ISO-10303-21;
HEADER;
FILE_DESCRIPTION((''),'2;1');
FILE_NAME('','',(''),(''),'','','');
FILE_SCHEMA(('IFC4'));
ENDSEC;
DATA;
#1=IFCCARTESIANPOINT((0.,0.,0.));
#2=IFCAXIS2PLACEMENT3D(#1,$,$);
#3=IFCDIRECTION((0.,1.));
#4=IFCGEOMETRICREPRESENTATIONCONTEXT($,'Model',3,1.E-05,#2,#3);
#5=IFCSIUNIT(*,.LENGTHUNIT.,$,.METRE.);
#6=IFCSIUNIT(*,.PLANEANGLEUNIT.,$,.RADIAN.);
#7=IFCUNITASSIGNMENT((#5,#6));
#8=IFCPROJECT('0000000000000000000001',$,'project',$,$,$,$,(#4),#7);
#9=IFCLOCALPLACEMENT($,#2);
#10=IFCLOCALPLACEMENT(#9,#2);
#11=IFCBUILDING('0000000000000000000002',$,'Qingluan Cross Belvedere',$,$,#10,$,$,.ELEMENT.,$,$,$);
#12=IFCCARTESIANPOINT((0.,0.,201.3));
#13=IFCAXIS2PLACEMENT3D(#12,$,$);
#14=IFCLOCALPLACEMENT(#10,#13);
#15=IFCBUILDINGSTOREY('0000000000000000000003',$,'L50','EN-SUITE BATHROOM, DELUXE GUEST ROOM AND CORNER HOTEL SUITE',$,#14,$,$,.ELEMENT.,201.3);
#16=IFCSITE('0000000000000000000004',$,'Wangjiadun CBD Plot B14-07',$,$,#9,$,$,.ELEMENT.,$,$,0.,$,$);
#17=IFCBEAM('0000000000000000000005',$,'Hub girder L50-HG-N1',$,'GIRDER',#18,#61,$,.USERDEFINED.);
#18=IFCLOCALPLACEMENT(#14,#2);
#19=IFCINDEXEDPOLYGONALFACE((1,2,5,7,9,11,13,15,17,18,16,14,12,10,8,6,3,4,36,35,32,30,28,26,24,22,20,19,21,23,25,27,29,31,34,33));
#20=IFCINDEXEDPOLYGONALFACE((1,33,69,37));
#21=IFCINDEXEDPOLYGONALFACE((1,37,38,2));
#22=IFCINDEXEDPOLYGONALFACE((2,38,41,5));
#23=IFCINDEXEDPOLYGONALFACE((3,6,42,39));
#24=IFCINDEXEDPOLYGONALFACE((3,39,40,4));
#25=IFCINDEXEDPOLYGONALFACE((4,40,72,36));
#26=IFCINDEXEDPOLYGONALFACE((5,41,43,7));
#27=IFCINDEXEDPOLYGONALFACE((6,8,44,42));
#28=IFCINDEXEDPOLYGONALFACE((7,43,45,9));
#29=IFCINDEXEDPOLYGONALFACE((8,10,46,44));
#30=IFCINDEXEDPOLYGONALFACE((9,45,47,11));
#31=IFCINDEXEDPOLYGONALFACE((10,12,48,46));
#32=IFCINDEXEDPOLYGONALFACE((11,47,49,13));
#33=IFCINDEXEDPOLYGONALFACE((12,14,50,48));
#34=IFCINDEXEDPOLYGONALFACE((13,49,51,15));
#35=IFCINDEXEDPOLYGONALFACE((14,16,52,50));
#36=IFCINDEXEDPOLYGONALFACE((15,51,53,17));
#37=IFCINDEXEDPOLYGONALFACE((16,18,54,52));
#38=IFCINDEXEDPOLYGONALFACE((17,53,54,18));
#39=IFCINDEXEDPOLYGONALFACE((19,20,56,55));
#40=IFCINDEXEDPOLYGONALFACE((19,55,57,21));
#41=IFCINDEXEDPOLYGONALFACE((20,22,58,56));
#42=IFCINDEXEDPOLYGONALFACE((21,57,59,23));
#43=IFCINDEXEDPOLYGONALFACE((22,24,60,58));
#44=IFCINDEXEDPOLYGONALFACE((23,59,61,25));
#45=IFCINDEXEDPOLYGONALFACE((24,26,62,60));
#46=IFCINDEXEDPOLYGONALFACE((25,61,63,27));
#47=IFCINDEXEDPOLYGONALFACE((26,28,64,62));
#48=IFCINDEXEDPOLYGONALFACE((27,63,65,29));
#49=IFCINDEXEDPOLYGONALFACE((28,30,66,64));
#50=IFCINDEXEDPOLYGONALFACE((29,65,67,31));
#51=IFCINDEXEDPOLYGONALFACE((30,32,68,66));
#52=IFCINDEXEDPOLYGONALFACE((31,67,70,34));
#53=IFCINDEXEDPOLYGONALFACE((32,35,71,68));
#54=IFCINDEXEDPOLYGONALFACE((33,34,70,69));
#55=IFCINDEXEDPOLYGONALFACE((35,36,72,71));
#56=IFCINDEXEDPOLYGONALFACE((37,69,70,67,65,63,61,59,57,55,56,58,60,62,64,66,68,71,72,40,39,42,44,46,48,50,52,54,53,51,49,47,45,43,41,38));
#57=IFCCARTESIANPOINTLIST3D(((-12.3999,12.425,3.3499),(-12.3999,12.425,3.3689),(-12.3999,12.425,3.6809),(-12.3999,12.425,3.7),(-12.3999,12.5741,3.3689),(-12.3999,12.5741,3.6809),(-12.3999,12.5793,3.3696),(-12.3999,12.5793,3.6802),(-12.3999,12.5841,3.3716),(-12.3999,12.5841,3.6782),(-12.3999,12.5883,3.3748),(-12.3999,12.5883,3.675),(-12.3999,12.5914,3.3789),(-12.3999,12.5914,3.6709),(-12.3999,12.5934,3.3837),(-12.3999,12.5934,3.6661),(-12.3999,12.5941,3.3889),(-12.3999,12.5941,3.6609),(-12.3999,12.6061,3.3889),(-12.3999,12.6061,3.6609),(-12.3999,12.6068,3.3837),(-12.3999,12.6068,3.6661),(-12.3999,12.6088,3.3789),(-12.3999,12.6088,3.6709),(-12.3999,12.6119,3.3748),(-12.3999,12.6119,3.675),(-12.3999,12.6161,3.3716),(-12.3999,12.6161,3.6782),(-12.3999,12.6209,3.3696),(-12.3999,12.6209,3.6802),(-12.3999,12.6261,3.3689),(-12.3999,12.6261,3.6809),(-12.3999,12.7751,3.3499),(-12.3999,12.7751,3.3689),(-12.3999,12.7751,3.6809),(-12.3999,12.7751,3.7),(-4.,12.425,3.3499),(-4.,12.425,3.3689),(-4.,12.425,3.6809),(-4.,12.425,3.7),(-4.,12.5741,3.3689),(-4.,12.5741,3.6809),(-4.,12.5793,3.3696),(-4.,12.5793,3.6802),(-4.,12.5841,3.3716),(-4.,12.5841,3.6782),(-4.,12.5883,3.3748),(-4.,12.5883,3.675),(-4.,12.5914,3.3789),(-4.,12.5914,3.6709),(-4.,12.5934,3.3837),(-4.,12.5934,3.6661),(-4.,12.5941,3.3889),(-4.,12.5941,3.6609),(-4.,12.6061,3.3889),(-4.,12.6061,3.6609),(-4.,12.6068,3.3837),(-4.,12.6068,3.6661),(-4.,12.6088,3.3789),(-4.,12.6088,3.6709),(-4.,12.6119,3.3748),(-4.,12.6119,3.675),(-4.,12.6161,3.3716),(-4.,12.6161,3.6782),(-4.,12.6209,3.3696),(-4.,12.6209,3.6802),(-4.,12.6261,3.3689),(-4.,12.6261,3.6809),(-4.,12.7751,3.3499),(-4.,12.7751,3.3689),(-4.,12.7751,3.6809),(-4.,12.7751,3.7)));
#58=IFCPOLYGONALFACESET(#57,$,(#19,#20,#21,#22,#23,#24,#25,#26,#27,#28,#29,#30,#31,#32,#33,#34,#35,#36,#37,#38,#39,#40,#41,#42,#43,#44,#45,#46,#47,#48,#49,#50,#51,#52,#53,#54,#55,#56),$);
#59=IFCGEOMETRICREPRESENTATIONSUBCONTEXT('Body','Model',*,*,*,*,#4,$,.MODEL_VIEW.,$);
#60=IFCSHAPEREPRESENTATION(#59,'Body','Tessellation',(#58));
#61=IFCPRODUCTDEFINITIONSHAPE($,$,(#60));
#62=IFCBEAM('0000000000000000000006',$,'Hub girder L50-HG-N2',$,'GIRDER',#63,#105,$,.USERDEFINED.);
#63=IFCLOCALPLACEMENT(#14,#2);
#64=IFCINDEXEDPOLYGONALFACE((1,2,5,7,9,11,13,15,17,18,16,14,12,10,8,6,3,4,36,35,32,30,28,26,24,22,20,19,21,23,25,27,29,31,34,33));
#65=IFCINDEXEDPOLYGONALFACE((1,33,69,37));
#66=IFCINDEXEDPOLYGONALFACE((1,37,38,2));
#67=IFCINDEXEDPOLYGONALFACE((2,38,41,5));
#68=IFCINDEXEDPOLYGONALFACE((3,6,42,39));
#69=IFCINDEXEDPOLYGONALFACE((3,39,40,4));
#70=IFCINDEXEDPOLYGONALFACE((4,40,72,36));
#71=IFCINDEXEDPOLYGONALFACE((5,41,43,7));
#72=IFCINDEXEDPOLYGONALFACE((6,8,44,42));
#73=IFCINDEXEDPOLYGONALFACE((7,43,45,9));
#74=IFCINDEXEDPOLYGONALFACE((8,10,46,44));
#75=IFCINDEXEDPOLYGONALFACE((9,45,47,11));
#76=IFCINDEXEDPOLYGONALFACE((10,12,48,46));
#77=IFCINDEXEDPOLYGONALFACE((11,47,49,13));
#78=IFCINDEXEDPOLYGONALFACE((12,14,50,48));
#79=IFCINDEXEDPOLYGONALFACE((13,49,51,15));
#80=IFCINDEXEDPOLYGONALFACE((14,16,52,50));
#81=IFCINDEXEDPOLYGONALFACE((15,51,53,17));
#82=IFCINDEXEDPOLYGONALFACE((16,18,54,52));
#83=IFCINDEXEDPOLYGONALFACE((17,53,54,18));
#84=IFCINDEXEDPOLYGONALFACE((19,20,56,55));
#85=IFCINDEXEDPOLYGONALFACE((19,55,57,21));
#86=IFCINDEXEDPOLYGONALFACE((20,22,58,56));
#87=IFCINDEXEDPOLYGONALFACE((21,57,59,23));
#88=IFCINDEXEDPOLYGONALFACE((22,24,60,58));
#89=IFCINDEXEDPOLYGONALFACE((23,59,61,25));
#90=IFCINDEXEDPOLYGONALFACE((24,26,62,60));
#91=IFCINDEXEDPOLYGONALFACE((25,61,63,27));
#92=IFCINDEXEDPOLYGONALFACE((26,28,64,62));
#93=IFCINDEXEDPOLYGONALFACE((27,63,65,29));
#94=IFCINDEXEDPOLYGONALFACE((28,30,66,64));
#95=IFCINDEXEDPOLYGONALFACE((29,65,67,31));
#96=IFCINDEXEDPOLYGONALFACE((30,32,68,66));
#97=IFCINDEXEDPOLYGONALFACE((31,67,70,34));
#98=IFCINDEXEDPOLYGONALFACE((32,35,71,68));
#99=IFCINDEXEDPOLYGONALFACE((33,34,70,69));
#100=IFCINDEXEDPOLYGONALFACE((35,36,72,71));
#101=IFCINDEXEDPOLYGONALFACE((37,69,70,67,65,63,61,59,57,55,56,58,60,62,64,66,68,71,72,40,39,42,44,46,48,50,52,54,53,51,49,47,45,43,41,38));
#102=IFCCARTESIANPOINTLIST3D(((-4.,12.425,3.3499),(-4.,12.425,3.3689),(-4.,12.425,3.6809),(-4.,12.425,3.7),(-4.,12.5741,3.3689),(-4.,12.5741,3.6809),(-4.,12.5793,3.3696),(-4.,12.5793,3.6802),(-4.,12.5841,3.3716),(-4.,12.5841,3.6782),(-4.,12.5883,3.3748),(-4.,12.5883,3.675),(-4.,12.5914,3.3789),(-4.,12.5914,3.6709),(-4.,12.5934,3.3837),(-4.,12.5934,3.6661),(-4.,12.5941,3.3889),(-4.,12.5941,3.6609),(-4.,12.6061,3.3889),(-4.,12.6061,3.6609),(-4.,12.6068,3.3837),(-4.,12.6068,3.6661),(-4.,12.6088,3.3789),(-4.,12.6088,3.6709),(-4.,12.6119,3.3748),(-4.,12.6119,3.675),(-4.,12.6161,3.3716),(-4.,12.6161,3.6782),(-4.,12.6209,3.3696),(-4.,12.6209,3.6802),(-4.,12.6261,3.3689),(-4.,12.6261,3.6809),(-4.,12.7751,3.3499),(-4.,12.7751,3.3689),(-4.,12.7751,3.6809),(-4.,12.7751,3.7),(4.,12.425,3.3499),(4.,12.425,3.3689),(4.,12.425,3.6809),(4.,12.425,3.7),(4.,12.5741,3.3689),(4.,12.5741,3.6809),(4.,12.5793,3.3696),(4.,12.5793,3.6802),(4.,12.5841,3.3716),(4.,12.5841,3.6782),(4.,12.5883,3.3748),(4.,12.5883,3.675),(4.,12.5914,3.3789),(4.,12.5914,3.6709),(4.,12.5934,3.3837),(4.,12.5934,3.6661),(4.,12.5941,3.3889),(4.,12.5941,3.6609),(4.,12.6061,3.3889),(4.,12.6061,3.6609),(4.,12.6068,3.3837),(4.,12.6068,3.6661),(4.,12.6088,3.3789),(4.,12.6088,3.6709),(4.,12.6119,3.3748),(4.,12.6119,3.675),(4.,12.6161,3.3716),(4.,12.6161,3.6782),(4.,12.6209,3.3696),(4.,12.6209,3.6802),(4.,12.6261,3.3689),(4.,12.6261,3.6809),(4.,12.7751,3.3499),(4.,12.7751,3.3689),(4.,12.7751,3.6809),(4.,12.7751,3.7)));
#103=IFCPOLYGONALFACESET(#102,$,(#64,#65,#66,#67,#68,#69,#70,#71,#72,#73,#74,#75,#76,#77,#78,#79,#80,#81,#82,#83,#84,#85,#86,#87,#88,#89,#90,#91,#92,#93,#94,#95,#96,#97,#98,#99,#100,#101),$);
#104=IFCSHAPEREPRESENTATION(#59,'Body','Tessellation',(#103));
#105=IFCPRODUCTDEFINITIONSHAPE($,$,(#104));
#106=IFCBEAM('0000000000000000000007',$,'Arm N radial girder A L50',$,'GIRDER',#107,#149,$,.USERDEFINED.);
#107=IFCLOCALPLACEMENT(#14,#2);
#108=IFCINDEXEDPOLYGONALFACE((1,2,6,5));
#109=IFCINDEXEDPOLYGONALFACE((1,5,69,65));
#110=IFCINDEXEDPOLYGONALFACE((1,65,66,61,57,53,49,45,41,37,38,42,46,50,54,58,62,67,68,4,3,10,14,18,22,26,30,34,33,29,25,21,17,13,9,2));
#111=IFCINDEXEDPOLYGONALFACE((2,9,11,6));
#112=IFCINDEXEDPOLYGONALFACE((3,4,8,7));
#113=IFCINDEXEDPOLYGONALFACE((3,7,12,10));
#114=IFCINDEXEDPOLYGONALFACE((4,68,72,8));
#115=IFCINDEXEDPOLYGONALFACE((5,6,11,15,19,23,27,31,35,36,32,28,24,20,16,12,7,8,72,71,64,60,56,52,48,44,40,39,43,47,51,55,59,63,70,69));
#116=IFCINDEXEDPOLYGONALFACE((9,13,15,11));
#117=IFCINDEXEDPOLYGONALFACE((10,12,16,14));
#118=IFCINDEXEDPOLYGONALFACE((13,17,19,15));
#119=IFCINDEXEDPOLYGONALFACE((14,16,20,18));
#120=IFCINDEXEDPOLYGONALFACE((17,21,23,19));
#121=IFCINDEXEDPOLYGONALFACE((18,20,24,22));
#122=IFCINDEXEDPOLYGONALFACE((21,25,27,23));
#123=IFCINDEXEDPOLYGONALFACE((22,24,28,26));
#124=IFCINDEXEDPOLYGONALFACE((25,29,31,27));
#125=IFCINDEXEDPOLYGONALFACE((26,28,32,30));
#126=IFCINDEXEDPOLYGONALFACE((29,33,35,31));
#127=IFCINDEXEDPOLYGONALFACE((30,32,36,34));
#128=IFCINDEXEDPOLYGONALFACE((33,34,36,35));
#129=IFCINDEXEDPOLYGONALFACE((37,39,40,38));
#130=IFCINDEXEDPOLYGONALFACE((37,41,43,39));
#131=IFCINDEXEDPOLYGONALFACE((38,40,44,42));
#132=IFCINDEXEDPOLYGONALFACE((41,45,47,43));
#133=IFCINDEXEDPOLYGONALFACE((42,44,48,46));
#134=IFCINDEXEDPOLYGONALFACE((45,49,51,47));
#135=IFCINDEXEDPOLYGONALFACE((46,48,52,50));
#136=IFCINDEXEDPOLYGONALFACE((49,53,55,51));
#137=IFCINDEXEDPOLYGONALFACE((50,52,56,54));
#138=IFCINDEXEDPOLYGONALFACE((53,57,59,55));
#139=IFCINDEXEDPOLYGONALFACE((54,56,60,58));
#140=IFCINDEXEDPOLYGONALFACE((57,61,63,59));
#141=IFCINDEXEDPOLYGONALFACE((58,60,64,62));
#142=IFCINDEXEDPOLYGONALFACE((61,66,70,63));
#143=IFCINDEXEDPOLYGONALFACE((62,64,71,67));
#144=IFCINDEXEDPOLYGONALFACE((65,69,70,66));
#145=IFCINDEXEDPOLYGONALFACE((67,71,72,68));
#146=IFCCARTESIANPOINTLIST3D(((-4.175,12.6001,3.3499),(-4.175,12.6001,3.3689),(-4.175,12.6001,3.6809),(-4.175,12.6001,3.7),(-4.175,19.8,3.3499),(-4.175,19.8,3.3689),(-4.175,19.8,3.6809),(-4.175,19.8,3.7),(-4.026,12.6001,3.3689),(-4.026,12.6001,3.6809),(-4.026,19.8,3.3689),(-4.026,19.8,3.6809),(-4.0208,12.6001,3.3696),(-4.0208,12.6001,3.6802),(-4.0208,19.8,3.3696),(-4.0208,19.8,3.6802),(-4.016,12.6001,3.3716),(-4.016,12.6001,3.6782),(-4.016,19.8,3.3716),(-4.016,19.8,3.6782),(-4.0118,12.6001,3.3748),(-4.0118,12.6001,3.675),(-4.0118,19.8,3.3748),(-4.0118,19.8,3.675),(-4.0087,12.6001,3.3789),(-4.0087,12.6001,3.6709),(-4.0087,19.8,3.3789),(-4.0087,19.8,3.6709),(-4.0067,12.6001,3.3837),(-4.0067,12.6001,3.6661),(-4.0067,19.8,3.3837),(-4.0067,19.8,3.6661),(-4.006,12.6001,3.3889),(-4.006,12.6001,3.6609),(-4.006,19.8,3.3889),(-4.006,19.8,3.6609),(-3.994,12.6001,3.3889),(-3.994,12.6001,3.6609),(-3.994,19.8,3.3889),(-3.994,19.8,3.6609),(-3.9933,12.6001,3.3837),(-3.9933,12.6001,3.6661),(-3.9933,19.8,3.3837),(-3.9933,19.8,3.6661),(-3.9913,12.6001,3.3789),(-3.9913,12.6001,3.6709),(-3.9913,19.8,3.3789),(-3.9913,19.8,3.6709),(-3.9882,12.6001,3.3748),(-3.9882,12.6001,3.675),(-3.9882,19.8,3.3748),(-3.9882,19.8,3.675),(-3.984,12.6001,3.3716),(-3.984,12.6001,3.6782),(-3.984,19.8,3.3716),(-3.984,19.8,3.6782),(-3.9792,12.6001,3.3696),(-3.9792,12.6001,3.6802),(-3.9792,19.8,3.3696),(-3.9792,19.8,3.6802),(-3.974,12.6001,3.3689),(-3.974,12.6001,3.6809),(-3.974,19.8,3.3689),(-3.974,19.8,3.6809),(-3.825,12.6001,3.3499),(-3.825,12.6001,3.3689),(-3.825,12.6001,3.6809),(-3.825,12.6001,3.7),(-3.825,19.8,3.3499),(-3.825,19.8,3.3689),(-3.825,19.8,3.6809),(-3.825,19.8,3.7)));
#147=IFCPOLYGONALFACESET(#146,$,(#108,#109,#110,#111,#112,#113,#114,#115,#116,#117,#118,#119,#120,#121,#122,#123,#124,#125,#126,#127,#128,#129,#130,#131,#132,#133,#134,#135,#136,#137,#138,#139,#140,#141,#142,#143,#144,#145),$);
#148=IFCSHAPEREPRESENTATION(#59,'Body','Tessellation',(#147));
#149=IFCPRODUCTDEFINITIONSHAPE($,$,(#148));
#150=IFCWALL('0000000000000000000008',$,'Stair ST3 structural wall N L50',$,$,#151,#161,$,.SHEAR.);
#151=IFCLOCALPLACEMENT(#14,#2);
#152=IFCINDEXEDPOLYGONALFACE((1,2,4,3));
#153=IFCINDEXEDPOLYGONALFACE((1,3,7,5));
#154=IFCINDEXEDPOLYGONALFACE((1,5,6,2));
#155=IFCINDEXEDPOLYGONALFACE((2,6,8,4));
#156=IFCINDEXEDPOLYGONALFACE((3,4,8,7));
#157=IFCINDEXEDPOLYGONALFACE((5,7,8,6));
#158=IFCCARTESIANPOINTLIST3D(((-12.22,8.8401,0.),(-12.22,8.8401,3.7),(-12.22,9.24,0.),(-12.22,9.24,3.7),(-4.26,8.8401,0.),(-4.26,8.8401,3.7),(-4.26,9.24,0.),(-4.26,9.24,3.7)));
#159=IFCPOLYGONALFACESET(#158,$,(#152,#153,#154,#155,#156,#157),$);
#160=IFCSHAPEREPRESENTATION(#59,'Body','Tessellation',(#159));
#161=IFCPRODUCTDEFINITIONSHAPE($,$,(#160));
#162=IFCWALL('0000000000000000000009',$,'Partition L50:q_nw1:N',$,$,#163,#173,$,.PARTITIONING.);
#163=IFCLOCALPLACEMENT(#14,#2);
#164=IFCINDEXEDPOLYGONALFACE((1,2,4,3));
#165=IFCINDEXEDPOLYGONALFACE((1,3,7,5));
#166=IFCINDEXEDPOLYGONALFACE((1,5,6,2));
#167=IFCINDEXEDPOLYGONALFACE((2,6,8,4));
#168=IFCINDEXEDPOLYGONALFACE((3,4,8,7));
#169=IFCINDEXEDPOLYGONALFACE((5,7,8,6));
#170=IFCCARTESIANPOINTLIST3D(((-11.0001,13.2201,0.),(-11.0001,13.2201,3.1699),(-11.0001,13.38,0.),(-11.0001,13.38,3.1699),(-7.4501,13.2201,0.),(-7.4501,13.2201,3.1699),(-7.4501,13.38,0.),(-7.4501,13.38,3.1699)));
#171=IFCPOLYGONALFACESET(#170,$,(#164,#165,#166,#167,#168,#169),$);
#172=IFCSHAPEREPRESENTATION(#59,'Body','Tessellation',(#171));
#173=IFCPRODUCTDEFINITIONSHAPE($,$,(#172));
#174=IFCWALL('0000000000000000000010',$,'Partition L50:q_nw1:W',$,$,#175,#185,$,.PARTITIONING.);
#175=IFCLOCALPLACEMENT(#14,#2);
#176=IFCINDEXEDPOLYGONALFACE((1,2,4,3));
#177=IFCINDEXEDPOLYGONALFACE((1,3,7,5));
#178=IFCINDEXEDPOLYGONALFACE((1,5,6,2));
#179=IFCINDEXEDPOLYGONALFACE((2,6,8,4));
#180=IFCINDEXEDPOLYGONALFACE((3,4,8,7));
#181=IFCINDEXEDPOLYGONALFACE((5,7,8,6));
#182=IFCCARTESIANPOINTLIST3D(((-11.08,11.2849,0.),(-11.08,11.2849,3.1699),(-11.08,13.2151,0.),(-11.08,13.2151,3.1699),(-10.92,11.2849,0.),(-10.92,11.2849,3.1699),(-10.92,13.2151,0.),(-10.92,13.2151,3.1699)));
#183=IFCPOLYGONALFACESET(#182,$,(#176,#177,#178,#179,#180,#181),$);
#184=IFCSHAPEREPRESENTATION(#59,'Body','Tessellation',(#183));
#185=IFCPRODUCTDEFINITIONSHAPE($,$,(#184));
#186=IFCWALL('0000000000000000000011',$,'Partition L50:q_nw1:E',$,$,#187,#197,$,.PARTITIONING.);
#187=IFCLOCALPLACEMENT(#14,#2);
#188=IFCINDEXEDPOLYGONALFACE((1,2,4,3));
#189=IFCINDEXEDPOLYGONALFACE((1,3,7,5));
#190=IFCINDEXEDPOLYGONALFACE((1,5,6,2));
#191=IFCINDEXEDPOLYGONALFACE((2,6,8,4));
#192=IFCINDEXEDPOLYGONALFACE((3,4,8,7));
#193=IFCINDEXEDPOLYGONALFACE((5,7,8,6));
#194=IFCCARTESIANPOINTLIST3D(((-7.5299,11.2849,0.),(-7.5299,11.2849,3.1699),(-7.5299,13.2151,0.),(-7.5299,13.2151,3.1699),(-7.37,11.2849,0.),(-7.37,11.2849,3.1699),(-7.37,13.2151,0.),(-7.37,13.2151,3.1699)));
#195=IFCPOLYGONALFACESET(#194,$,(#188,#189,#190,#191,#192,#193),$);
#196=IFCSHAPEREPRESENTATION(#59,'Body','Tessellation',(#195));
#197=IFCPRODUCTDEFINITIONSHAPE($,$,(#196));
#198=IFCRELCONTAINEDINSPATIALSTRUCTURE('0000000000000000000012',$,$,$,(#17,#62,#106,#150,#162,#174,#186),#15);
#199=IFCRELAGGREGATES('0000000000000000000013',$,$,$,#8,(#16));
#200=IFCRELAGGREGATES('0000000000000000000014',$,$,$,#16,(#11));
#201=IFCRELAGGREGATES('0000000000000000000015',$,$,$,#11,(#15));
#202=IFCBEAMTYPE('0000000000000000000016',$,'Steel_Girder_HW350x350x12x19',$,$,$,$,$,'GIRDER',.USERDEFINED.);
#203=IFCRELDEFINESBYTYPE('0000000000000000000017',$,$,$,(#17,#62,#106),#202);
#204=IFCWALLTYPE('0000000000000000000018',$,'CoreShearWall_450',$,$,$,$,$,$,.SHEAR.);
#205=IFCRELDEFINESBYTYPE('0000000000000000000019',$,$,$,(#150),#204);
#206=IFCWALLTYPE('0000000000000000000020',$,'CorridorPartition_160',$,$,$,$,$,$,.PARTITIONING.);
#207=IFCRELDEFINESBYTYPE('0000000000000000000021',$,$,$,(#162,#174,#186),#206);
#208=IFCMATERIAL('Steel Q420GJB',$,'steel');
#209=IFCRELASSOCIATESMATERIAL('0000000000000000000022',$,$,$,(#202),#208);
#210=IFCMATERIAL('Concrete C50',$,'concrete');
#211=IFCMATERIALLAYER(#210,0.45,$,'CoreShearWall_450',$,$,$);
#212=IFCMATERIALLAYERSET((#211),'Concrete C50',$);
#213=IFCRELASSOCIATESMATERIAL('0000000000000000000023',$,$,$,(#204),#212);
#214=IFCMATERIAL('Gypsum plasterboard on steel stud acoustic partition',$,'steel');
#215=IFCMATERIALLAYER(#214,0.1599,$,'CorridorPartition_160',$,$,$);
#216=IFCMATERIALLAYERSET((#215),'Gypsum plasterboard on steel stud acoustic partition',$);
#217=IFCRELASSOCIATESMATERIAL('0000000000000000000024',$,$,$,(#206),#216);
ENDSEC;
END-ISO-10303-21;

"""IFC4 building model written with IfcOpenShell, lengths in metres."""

from ifc_helpers import new_model, si_unit, direction, frame, frame_2d, origin, origin_2d, place, context, subcontext, project, spatial, rectangle, i_section, extrude, material, layer, layer_set, material_profile, profile_set, type_object, element, save


model = new_model("IFC4")

# Units and contexts
model_context = context("Model", 3, precision=1e-05, world=origin(), true_north=direction((0.0, 1.0)))
body_context = subcontext(model_context, "Body", "Model", "MODEL_VIEW")
ifc_project = project(units=[si_unit("LENGTHUNIT", "METRE"), si_unit("PLANEANGLEUNIT", "RADIAN")], contexts=[model_context])

# Site, building, storey
site_placement = place(None, origin())
site = spatial("IfcSite", under=ifc_project, at=site_placement, Name="Wangjiadun CBD Plot B14-07", CompositionType="ELEMENT", RefElevation=0.0)
building_placement = place(site_placement, origin())
building = spatial("IfcBuilding", under=site, at=building_placement, Name="Qingluan Cross Belvedere", CompositionType="ELEMENT")
storey_placement = place(building_placement, frame((0.0, 0.0, 201.3)))
storey = spatial("IfcBuildingStorey", under=building, at=storey_placement, Name="L50", Description="EN-SUITE BATHROOM, DELUXE GUEST ROOM AND CORNER HOTEL SUITE", CompositionType="ELEMENT", Elevation=201.3)

# Beams
ifc_material_1 = material(Name="Steel Q420GJB", Category="steel")
ifc_material_profile_1 = material_profile(ifc_material_1, i_section(OverallWidth=0.3501, OverallDepth=0.3501, WebThickness=0.012, FlangeThickness=0.019, FilletRadius=0.02, at=origin_2d()), Name="HW350x350x12x19")
ifc_profile_set_1 = profile_set([ifc_material_profile_1], Name="Steel Q420GJB")
beam_type_1 = type_object("IfcBeamType", Name="Steel_Girder_HW350x350x12x19", ElementType="GIRDER", PredefinedType="USERDEFINED", material=ifc_profile_set_1)
beam_1_placement = place(storey_placement, frame((-12.3999, 12.6001, 3.5249), z_axis=(1.0, 0.0, 0.0), x_axis=(0.0, 1.0, 0.0)))
element("IfcBeam", 1, at=beam_1_placement, inside=storey, type_object=beam_type_1, Name="Hub girder L50-HG-N1", ObjectType="GIRDER", PredefinedType="USERDEFINED", context=body_context, shape_type="SweptSolid", body=[
    extrude(i_section(OverallWidth=0.3501, OverallDepth=0.3501, WebThickness=0.012, FlangeThickness=0.019, FilletRadius=0.02, at=origin_2d()), origin(), (0.0, 0.0, 1.0), 8.3999),
])
beam_2_placement = place(storey_placement, frame((-4.0, 12.6001, 3.5249), z_axis=(1.0, 0.0, 0.0), x_axis=(0.0, 1.0, 0.0)))
element("IfcBeam", 2, at=beam_2_placement, inside=storey, type_object=beam_type_1, Name="Hub girder L50-HG-N2", ObjectType="GIRDER", PredefinedType="USERDEFINED", context=body_context, shape_type="SweptSolid", body=[
    extrude(i_section(OverallWidth=0.3501, OverallDepth=0.3501, WebThickness=0.012, FlangeThickness=0.019, FilletRadius=0.02, at=origin_2d()), origin(), (0.0, 0.0, 1.0), 8.0),
])
beam_3_placement = place(storey_placement, frame((-4.0, 12.6001, 3.5249), z_axis=(0.0, 1.0, 0.0), x_axis=(-1.0, 0.0, 0.0)))
element("IfcBeam", 3, at=beam_3_placement, inside=storey, type_object=beam_type_1, Name="Arm N radial girder A L50", ObjectType="GIRDER", PredefinedType="USERDEFINED", context=body_context, shape_type="SweptSolid", body=[
    extrude(i_section(OverallWidth=0.3501, OverallDepth=0.3501, WebThickness=0.012, FlangeThickness=0.019, FilletRadius=0.02, at=origin_2d()), origin(), (0.0, 0.0, 1.0), 7.2),
])

# Wall
ifc_material_2 = material(Name="Concrete C50", Category="concrete")
ifc_layer_1 = layer(ifc_material_2, 0.45, Name="CoreShearWall_450")
ifc_layer_set_1 = layer_set([ifc_layer_1], Name="Concrete C50")
wall_type_1 = type_object("IfcWallType", Name="CoreShearWall_450", PredefinedType="SHEAR", material=ifc_layer_set_1)
wall_1_placement = place(storey_placement, frame((-12.22, 9.04, 0.0), z_axis=(0.0, 0.0, 1.0), x_axis=(1.0, 0.0, 0.0)))
element("IfcWall", 4, at=wall_1_placement, inside=storey, type_object=wall_type_1, Name="Stair ST3 structural wall N L50", PredefinedType="SHEAR", context=body_context, shape_type="SweptSolid", body=[
    extrude(rectangle(XDim=7.96, YDim=0.3999, at=frame_2d((3.98, 0.0))), origin(), (0.0, 0.0, 1.0), 3.7),
])

# Shared definitions
ifc_material_3 = material(Name="Gypsum plasterboard on steel stud acoustic partition", Category="steel")
ifc_layer_2 = layer(ifc_material_3, 0.1599, Name="CorridorPartition_160")
ifc_layer_set_2 = layer_set([ifc_layer_2], Name="Gypsum plasterboard on steel stud acoustic partition")
wall_type_2 = type_object("IfcWallType", Name="CorridorPartition_160", PredefinedType="PARTITIONING", material=ifc_layer_set_2)

# Walls
wall_2_placement = place(storey_placement, frame((-11.0, 13.3, 0.0), z_axis=(0.0, 0.0, 1.0), x_axis=(1.0, 0.0, 0.0)))
element("IfcWall", 5, at=wall_2_placement, inside=storey, type_object=wall_type_2, Name="Partition L50:q_nw1:N", PredefinedType="PARTITIONING", context=body_context, shape_type="SweptSolid", body=[
    extrude(rectangle(XDim=3.55, YDim=0.1599, at=frame_2d((1.7749, 0.0))), origin(), (0.0, 0.0, 1.0), 3.1699),
])
for number, where, z_axis, x_axis, name in (
    (6, (-11.0, 11.2849, 0.0), (0.0, 0.0, 1.0), (0.0, 1.0, 0.0), "Partition L50:q_nw1:W"),
    (7, (-7.45, 11.2849, 0.0), (0.0, 0.0, 1.0), (0.0, 1.0, 0.0), "Partition L50:q_nw1:E"),
):
    element("IfcWall", number, at=place(storey_placement, frame(where, z_axis=z_axis, x_axis=x_axis)), inside=storey, type_object=wall_type_2, Name=name, PredefinedType="PARTITIONING", context=body_context, shape_type="SweptSolid", body=[
        extrude(rectangle(XDim=1.9302, YDim=0.1599, at=frame_2d((0.9651, 0.0))), origin(), (0.0, 0.0, 1.0), 3.1699),
    ])

save(model, "model.ifc")
